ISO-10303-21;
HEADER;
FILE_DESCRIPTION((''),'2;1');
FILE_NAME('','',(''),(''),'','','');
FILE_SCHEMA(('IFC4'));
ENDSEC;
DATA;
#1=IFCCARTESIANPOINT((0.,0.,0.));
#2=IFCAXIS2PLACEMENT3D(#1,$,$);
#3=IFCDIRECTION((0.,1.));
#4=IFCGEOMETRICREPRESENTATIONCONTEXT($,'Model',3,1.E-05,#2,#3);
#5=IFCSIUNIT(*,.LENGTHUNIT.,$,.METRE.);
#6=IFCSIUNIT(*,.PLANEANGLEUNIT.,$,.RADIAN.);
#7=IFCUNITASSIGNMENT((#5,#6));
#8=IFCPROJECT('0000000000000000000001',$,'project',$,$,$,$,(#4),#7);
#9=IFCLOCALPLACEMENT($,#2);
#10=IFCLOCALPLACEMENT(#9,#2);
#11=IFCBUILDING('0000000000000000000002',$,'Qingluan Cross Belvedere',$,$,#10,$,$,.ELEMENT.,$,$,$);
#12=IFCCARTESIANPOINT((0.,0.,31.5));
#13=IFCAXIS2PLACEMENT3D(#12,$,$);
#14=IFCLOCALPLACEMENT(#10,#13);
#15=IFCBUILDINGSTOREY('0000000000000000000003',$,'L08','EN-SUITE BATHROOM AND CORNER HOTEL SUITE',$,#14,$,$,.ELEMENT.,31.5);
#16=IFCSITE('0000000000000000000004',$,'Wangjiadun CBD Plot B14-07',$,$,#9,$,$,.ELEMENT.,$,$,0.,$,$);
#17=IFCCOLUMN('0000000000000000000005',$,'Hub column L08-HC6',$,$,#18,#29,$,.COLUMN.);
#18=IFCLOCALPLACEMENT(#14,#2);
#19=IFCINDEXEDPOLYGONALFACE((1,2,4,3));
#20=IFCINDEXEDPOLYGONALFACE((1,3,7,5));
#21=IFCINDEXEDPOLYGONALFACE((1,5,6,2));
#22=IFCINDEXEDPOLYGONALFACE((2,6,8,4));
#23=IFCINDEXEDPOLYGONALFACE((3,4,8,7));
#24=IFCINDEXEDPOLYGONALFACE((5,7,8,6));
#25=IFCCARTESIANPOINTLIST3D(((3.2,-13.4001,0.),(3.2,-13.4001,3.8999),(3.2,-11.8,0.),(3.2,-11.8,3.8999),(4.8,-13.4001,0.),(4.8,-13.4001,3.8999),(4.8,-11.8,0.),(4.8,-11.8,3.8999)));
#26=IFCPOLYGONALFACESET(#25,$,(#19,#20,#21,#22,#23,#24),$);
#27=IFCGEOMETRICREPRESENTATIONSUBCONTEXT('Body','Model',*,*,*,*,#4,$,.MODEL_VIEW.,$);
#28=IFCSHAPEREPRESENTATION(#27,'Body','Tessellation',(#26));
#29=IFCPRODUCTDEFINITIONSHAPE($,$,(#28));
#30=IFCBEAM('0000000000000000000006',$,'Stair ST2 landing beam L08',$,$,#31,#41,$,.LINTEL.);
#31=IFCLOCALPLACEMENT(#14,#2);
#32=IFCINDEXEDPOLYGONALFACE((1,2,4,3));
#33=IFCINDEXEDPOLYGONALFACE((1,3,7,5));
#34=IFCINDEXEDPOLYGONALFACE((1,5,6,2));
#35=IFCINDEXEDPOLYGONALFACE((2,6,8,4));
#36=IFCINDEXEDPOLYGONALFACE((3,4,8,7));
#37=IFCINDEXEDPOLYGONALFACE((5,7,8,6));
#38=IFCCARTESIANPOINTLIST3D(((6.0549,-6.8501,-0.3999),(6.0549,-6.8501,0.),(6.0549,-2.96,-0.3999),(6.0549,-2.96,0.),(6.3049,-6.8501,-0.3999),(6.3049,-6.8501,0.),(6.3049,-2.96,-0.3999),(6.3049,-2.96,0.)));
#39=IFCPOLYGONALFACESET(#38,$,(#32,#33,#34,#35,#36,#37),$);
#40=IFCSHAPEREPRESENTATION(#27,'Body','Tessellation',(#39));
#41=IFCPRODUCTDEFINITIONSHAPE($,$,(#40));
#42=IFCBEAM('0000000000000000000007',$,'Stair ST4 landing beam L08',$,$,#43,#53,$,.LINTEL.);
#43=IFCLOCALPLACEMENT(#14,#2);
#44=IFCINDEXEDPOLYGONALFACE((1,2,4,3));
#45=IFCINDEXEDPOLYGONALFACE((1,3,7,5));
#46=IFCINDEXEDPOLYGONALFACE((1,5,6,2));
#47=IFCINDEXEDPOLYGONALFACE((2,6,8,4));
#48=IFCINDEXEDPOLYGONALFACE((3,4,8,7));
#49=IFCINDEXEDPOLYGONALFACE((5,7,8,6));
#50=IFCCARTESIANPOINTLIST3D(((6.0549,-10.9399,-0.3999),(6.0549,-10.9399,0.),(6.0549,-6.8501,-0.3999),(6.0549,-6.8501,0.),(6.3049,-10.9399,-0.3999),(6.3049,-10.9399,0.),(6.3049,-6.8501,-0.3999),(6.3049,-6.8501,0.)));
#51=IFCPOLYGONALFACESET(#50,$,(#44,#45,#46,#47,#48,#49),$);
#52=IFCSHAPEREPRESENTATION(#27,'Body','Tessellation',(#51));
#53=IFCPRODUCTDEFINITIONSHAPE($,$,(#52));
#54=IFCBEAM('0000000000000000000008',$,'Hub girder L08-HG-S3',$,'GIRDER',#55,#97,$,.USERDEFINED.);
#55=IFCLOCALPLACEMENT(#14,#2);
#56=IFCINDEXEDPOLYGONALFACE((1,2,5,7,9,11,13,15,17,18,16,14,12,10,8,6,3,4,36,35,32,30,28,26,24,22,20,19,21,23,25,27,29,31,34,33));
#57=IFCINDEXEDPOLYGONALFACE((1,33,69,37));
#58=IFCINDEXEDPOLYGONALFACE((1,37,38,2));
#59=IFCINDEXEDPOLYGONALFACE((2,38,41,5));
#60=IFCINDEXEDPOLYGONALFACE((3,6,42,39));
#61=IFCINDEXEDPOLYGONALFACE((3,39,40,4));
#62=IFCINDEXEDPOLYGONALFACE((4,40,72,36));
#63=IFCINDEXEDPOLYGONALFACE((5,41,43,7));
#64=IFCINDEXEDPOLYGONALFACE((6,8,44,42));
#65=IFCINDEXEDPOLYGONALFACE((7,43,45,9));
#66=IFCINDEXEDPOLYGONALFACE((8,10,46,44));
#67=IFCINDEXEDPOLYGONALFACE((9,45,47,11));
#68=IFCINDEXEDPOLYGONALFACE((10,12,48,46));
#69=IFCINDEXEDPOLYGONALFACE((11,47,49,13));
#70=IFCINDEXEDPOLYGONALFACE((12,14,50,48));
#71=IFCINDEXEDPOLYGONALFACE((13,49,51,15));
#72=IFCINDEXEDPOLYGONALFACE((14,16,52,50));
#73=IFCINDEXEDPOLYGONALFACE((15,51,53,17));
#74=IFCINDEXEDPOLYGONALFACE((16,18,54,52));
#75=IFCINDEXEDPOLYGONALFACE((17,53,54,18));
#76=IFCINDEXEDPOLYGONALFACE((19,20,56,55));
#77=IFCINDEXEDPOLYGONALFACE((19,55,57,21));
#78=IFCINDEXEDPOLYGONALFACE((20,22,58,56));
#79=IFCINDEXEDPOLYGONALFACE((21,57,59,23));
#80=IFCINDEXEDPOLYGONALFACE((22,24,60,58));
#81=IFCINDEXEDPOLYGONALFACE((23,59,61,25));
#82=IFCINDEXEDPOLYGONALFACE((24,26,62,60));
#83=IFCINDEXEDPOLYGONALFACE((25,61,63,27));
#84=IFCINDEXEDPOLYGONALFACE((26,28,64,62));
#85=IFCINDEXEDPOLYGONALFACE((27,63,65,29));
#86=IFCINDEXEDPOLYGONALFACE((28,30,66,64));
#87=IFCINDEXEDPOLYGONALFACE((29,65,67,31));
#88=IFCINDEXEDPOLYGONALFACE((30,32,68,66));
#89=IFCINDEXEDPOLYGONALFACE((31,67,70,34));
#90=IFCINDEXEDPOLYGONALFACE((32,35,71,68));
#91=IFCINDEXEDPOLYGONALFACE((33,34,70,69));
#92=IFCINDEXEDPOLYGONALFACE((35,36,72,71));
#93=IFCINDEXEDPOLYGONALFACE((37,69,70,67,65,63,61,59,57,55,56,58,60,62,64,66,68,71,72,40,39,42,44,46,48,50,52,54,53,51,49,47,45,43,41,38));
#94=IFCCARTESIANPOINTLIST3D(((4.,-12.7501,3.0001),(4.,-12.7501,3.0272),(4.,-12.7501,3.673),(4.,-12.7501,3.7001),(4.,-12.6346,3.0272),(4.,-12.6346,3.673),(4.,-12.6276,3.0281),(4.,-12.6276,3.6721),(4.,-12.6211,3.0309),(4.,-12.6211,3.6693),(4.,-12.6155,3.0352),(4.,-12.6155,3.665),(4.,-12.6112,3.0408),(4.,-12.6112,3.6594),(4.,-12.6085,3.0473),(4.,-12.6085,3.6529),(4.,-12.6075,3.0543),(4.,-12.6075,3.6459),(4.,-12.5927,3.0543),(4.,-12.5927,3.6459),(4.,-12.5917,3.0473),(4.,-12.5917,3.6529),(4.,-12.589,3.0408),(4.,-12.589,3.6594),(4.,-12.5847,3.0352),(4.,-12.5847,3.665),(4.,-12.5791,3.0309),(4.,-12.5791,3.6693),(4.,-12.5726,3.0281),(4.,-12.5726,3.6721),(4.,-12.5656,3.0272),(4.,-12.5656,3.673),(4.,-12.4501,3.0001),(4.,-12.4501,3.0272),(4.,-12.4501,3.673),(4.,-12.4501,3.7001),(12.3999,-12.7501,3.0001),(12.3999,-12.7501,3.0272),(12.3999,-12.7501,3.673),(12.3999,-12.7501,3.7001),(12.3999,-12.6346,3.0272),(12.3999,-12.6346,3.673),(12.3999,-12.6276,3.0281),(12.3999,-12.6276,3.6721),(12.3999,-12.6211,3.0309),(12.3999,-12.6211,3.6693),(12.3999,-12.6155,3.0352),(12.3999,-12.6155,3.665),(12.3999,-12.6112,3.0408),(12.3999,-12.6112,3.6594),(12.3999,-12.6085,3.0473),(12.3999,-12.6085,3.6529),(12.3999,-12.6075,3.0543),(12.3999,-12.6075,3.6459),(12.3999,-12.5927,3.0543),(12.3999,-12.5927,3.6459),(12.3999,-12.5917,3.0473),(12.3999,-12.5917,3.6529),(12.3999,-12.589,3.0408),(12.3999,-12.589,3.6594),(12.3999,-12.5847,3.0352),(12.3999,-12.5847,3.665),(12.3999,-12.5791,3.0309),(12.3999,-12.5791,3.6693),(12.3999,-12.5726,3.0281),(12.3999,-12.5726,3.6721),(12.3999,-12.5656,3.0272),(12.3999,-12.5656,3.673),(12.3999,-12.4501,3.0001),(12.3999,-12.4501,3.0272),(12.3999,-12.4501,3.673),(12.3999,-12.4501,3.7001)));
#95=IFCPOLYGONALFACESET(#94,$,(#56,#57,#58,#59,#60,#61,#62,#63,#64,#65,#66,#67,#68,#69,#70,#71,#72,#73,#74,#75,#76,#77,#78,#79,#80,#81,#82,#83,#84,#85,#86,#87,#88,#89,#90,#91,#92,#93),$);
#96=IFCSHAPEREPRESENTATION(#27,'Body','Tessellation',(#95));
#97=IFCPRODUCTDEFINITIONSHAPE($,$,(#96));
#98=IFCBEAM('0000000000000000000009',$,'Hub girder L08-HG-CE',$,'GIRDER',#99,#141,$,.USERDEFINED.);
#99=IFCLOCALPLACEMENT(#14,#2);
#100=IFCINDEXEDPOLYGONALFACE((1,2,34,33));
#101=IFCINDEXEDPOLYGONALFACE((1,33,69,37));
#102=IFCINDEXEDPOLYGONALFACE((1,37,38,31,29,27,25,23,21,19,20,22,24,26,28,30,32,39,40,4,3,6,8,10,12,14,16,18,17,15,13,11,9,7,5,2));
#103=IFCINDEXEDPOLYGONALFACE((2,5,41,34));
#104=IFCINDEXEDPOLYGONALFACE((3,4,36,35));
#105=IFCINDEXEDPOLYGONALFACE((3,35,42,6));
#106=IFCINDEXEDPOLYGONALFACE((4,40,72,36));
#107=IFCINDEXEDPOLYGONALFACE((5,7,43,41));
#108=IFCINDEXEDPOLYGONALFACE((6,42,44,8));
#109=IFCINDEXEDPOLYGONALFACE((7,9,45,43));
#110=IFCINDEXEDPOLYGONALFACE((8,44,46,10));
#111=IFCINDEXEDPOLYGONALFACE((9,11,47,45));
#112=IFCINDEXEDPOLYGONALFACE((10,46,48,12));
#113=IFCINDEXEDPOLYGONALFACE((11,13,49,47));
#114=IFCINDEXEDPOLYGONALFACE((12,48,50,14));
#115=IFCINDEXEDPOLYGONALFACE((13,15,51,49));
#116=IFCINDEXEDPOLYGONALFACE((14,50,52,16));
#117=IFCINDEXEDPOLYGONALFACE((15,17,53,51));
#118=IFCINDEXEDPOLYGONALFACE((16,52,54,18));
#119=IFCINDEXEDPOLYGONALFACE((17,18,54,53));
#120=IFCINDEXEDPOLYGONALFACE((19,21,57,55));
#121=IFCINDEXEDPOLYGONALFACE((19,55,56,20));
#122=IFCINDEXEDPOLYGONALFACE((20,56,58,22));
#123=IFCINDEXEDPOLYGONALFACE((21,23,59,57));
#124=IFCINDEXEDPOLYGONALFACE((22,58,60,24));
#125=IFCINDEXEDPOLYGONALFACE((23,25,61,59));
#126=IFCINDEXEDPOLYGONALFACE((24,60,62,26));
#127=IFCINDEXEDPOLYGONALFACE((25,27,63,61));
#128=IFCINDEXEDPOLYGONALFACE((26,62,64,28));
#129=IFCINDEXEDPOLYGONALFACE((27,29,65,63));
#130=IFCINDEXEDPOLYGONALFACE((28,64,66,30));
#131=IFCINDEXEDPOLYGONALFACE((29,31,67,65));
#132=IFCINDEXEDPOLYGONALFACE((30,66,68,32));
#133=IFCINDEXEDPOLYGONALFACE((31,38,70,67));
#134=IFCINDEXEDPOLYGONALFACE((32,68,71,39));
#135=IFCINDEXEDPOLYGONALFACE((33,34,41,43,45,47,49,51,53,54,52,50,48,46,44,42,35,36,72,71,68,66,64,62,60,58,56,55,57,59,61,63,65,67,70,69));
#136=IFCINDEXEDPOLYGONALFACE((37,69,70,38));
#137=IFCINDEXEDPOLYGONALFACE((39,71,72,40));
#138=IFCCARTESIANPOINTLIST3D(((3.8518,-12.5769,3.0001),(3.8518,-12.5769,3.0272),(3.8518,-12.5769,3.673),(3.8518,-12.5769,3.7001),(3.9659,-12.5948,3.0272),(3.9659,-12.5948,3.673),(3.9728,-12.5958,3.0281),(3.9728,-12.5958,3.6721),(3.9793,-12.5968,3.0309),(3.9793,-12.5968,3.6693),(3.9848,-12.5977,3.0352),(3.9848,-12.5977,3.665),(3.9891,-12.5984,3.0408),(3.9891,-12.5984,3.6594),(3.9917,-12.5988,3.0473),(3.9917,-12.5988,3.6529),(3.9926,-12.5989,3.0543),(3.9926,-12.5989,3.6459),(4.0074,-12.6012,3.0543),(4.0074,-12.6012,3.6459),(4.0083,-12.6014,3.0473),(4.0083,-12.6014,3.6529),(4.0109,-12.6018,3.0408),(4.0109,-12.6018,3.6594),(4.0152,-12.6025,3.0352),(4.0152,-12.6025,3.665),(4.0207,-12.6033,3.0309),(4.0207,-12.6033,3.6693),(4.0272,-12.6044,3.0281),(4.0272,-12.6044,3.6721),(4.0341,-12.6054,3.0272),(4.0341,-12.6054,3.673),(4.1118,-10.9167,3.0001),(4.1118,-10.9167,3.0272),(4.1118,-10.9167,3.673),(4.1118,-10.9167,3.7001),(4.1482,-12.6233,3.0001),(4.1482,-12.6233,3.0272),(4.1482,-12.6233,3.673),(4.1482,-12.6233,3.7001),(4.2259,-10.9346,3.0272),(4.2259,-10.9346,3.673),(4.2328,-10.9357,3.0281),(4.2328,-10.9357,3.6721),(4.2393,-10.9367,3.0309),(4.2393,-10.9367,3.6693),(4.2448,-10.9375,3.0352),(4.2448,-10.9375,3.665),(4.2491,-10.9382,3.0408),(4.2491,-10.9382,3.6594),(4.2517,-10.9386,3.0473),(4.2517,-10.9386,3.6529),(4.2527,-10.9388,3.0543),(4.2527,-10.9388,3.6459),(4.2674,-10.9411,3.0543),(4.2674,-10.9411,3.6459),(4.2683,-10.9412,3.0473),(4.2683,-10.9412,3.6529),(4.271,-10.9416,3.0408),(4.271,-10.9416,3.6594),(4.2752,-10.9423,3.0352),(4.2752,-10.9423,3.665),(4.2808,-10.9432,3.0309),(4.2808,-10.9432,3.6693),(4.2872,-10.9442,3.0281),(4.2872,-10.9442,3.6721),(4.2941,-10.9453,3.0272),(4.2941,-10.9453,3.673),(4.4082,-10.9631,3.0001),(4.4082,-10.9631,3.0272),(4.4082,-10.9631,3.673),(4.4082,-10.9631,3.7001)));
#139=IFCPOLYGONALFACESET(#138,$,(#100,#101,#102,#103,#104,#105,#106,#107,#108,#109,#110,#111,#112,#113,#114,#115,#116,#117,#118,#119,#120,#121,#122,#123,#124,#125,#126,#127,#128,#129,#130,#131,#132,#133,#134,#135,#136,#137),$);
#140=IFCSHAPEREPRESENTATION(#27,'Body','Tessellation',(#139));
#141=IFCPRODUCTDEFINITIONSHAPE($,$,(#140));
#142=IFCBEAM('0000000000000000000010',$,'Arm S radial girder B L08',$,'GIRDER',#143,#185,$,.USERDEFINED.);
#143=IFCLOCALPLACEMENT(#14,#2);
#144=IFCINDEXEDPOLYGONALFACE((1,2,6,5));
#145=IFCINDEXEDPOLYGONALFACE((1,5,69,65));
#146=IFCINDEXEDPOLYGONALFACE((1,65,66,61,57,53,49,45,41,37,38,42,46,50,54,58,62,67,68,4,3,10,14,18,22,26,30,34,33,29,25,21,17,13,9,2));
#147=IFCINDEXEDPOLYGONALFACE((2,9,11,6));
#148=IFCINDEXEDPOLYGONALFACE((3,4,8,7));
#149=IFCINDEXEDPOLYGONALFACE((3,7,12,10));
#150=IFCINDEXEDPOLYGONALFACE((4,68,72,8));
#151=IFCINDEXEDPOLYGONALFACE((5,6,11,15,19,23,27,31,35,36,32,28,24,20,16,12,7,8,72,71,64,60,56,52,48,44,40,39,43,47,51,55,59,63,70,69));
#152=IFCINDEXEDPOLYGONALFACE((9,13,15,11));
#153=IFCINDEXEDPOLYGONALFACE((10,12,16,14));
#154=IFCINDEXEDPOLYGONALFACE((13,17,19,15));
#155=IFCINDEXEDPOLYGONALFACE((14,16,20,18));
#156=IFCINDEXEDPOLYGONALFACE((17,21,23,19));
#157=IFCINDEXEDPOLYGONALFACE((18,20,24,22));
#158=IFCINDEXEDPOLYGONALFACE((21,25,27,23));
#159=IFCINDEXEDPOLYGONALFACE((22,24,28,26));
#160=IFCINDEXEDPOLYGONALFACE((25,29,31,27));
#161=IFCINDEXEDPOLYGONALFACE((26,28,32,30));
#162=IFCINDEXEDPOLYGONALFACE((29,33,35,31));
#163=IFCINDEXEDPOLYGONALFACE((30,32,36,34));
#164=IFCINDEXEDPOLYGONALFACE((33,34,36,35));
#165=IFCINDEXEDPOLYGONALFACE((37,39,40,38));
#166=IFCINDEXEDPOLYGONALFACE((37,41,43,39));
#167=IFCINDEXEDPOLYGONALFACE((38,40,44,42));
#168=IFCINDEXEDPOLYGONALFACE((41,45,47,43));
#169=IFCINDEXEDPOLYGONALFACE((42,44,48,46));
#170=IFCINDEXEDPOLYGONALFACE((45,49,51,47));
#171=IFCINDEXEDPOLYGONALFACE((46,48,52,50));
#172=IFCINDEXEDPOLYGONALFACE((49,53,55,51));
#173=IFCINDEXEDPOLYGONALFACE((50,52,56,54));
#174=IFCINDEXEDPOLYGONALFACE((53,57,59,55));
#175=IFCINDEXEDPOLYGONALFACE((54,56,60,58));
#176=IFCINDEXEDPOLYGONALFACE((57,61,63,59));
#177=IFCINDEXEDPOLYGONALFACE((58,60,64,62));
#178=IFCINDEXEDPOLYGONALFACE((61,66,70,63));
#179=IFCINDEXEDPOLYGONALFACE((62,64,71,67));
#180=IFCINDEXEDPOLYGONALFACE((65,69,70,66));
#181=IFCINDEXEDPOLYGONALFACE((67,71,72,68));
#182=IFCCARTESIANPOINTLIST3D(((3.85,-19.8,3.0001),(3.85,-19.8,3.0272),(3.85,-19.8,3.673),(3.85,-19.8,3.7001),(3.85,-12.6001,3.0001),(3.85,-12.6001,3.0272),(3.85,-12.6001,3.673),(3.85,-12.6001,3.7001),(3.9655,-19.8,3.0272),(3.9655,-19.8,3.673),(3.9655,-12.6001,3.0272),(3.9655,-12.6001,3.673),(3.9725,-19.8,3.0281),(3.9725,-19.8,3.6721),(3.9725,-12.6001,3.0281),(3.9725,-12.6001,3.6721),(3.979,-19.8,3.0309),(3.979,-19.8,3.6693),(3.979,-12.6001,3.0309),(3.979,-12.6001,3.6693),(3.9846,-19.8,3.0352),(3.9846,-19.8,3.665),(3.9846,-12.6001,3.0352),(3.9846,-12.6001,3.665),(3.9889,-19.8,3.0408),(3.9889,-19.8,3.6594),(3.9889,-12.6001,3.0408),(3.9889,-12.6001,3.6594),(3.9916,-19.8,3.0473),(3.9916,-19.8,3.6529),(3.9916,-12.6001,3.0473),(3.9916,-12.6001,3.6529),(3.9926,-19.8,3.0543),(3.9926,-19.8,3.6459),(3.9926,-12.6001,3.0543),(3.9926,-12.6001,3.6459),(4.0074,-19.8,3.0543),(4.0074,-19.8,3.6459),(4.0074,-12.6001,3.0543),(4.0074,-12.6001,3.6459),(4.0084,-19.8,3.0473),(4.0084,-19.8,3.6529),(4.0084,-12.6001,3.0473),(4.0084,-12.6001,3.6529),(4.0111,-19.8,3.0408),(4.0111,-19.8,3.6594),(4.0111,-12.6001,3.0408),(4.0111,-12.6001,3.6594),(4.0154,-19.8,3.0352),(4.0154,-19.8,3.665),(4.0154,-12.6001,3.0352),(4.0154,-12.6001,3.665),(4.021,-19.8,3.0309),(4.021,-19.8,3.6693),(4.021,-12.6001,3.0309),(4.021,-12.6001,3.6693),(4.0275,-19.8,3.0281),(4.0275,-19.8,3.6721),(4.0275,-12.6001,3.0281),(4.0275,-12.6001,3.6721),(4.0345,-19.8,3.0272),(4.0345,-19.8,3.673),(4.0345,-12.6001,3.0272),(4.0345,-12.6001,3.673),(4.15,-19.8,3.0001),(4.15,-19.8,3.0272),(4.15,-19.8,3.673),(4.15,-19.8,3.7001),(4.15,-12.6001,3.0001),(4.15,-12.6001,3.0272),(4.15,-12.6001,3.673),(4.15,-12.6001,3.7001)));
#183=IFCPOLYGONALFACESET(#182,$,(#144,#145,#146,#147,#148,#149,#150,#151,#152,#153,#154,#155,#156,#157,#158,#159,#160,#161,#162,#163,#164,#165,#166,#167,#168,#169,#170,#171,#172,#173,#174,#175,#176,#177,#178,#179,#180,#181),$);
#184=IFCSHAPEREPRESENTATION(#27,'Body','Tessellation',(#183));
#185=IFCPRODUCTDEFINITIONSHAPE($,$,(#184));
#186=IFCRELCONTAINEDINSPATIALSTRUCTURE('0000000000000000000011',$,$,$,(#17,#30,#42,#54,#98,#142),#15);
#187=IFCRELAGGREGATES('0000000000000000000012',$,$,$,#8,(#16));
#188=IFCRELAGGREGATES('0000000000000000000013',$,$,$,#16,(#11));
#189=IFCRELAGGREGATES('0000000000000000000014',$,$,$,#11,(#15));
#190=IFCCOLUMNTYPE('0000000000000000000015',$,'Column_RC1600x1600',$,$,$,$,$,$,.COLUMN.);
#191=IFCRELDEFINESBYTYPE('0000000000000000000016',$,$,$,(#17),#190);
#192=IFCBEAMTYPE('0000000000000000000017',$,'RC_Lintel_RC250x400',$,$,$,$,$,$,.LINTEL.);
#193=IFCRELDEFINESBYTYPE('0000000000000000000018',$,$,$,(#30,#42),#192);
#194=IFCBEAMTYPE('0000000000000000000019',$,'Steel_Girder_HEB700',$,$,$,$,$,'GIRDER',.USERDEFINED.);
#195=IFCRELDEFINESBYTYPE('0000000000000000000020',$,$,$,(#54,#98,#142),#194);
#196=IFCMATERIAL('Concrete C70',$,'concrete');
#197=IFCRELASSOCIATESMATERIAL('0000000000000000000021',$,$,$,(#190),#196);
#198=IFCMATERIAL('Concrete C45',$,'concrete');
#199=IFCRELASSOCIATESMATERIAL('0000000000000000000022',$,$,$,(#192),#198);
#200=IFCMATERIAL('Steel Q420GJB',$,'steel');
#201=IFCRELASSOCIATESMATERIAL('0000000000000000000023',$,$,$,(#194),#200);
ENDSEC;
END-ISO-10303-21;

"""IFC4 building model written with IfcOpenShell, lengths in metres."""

from ifc_helpers import new_model, si_unit, direction, frame, origin, origin_2d, place, context, subcontext, project, spatial, rectangle, i_section, extrude, material, material_profile, profile_set, type_object, element, save


model = new_model("IFC4")

# Units and contexts
model_context = context("Model", 3, precision=1e-05, world=origin(), true_north=direction((0.0, 1.0)))
body_context = subcontext(model_context, "Body", "Model", "MODEL_VIEW")
ifc_project = project(units=[si_unit("LENGTHUNIT", "METRE"), si_unit("PLANEANGLEUNIT", "RADIAN")], contexts=[model_context])

# Site, building, storey
site_placement = place(None, origin())
site = spatial("IfcSite", under=ifc_project, at=site_placement, Name="Wangjiadun CBD Plot B14-07", CompositionType="ELEMENT", RefElevation=0.0)
building_placement = place(site_placement, origin())
building = spatial("IfcBuilding", under=site, at=building_placement, Name="Qingluan Cross Belvedere", CompositionType="ELEMENT")
storey_placement = place(building_placement, frame((0.0, 0.0, 31.5)))
storey = spatial("IfcBuildingStorey", under=building, at=storey_placement, Name="L08", Description="EN-SUITE BATHROOM AND CORNER HOTEL SUITE", CompositionType="ELEMENT", Elevation=31.5)

# Column
ifc_material_1 = material(Name="Concrete C70", Category="concrete")
ifc_material_profile_1 = material_profile(ifc_material_1, rectangle(XDim=1.6001, YDim=1.6001, at=origin_2d()), Name="RC1600x1600")
ifc_profile_set_1 = profile_set([ifc_material_profile_1], Name="Concrete C70")
column_type = type_object("IfcColumnType", Name="Column_RC1600x1600", PredefinedType="COLUMN", material=ifc_profile_set_1)
column_placement = place(storey_placement, frame((4.0, -12.6001, 0.0), z_axis=(0.0, 0.0, 1.0), x_axis=(1.0, 0.0, 0.0)))
element("IfcColumn", 1, at=column_placement, inside=storey, type_object=column_type, Name="Hub column L08-HC6", PredefinedType="COLUMN", context=body_context, shape_type="SweptSolid", body=[
    extrude(rectangle(XDim=1.6001, YDim=1.6001, at=origin_2d()), origin(), (0.0, 0.0, 1.0), 3.8999),
])

# Beams
ifc_material_2 = material(Name="Concrete C45", Category="concrete")
ifc_material_profile_2 = material_profile(ifc_material_2, rectangle(XDim=0.25, YDim=0.3999, at=origin_2d()), Name="RC250x400")
ifc_profile_set_2 = profile_set([ifc_material_profile_2], Name="Concrete C45")
beam_type_1 = type_object("IfcBeamType", Name="RC_Lintel_RC250x400", PredefinedType="LINTEL", material=ifc_profile_set_2)
beam_1_placement = place(storey_placement, frame((6.1799, -6.8501, -0.2), z_axis=(0.0, 1.0, 0.0), x_axis=(-1.0, 0.0, 0.0)))
element("IfcBeam", 2, at=beam_1_placement, inside=storey, type_object=beam_type_1, Name="Stair ST2 landing beam L08", PredefinedType="LINTEL", context=body_context, shape_type="SweptSolid", body=[
    extrude(rectangle(XDim=0.25, YDim=0.3999, at=origin_2d()), origin(), (0.0, 0.0, 1.0), 3.8901),
])
beam_2_placement = place(storey_placement, frame((6.1799, -10.9399, -0.2), z_axis=(0.0, 1.0, 0.0), x_axis=(-1.0, 0.0, 0.0)))
element("IfcBeam", 3, at=beam_2_placement, inside=storey, type_object=beam_type_1, Name="Stair ST4 landing beam L08", PredefinedType="LINTEL", context=body_context, shape_type="SweptSolid", body=[
    extrude(rectangle(XDim=0.25, YDim=0.3999, at=origin_2d()), origin(), (0.0, 0.0, 1.0), 4.0898),
])
ifc_material_3 = material(Name="Steel Q420GJB", Category="steel")
ifc_material_profile_3 = material_profile(ifc_material_3, i_section(OverallWidth=0.3, OverallDepth=0.7, WebThickness=0.0149, FlangeThickness=0.0271, FilletRadius=0.0271, at=origin_2d()), Name="HEB700")
ifc_profile_set_3 = profile_set([ifc_material_profile_3], Name="Steel Q420GJB")
beam_type_2 = type_object("IfcBeamType", Name="Steel_Girder_HEB700", ElementType="GIRDER", PredefinedType="USERDEFINED", material=ifc_profile_set_3)
beam_3_placement = place(storey_placement, frame((4.0, -12.6001, 3.3501), z_axis=(1.0, 0.0, 0.0), x_axis=(0.0, 1.0, 0.0)))
element("IfcBeam", 4, at=beam_3_placement, inside=storey, type_object=beam_type_2, Name="Hub girder L08-HG-S3", ObjectType="GIRDER", PredefinedType="USERDEFINED", context=body_context, shape_type="SweptSolid", body=[
    extrude(i_section(OverallWidth=0.3, OverallDepth=0.7, WebThickness=0.0149, FlangeThickness=0.0271, FilletRadius=0.0271, at=origin_2d()), origin(), (0.0, 0.0, 1.0), 8.3999),
])
beam_4_placement = place(storey_placement, frame((4.0, -12.6001, 3.3501), z_axis=(0.154731, 0.987957, 0.0), x_axis=(-0.987957, 0.154731, 0.0)))
element("IfcBeam", 5, at=beam_4_placement, inside=storey, type_object=beam_type_2, Name="Hub girder L08-HG-CE", ObjectType="GIRDER", PredefinedType="USERDEFINED", context=body_context, shape_type="SweptSolid", body=[
    extrude(i_section(OverallWidth=0.3, OverallDepth=0.7, WebThickness=0.0149, FlangeThickness=0.0271, FilletRadius=0.0271, at=origin_2d()), origin(), (0.0, 0.0, 1.0), 1.6804),
])
beam_5_placement = place(storey_placement, frame((4.0, -12.6001, 3.3501), z_axis=(0.0, -1.0, 0.0), x_axis=(1.0, 0.0, 0.0)))
element("IfcBeam", 6, at=beam_5_placement, inside=storey, type_object=beam_type_2, Name="Arm S radial girder B L08", ObjectType="GIRDER", PredefinedType="USERDEFINED", context=body_context, shape_type="SweptSolid", body=[
    extrude(i_section(OverallWidth=0.3, OverallDepth=0.7, WebThickness=0.0149, FlangeThickness=0.0271, FilletRadius=0.0271, at=origin_2d()), origin(), (0.0, 0.0, 1.0), 7.2),
])

save(model, "model.ifc")
